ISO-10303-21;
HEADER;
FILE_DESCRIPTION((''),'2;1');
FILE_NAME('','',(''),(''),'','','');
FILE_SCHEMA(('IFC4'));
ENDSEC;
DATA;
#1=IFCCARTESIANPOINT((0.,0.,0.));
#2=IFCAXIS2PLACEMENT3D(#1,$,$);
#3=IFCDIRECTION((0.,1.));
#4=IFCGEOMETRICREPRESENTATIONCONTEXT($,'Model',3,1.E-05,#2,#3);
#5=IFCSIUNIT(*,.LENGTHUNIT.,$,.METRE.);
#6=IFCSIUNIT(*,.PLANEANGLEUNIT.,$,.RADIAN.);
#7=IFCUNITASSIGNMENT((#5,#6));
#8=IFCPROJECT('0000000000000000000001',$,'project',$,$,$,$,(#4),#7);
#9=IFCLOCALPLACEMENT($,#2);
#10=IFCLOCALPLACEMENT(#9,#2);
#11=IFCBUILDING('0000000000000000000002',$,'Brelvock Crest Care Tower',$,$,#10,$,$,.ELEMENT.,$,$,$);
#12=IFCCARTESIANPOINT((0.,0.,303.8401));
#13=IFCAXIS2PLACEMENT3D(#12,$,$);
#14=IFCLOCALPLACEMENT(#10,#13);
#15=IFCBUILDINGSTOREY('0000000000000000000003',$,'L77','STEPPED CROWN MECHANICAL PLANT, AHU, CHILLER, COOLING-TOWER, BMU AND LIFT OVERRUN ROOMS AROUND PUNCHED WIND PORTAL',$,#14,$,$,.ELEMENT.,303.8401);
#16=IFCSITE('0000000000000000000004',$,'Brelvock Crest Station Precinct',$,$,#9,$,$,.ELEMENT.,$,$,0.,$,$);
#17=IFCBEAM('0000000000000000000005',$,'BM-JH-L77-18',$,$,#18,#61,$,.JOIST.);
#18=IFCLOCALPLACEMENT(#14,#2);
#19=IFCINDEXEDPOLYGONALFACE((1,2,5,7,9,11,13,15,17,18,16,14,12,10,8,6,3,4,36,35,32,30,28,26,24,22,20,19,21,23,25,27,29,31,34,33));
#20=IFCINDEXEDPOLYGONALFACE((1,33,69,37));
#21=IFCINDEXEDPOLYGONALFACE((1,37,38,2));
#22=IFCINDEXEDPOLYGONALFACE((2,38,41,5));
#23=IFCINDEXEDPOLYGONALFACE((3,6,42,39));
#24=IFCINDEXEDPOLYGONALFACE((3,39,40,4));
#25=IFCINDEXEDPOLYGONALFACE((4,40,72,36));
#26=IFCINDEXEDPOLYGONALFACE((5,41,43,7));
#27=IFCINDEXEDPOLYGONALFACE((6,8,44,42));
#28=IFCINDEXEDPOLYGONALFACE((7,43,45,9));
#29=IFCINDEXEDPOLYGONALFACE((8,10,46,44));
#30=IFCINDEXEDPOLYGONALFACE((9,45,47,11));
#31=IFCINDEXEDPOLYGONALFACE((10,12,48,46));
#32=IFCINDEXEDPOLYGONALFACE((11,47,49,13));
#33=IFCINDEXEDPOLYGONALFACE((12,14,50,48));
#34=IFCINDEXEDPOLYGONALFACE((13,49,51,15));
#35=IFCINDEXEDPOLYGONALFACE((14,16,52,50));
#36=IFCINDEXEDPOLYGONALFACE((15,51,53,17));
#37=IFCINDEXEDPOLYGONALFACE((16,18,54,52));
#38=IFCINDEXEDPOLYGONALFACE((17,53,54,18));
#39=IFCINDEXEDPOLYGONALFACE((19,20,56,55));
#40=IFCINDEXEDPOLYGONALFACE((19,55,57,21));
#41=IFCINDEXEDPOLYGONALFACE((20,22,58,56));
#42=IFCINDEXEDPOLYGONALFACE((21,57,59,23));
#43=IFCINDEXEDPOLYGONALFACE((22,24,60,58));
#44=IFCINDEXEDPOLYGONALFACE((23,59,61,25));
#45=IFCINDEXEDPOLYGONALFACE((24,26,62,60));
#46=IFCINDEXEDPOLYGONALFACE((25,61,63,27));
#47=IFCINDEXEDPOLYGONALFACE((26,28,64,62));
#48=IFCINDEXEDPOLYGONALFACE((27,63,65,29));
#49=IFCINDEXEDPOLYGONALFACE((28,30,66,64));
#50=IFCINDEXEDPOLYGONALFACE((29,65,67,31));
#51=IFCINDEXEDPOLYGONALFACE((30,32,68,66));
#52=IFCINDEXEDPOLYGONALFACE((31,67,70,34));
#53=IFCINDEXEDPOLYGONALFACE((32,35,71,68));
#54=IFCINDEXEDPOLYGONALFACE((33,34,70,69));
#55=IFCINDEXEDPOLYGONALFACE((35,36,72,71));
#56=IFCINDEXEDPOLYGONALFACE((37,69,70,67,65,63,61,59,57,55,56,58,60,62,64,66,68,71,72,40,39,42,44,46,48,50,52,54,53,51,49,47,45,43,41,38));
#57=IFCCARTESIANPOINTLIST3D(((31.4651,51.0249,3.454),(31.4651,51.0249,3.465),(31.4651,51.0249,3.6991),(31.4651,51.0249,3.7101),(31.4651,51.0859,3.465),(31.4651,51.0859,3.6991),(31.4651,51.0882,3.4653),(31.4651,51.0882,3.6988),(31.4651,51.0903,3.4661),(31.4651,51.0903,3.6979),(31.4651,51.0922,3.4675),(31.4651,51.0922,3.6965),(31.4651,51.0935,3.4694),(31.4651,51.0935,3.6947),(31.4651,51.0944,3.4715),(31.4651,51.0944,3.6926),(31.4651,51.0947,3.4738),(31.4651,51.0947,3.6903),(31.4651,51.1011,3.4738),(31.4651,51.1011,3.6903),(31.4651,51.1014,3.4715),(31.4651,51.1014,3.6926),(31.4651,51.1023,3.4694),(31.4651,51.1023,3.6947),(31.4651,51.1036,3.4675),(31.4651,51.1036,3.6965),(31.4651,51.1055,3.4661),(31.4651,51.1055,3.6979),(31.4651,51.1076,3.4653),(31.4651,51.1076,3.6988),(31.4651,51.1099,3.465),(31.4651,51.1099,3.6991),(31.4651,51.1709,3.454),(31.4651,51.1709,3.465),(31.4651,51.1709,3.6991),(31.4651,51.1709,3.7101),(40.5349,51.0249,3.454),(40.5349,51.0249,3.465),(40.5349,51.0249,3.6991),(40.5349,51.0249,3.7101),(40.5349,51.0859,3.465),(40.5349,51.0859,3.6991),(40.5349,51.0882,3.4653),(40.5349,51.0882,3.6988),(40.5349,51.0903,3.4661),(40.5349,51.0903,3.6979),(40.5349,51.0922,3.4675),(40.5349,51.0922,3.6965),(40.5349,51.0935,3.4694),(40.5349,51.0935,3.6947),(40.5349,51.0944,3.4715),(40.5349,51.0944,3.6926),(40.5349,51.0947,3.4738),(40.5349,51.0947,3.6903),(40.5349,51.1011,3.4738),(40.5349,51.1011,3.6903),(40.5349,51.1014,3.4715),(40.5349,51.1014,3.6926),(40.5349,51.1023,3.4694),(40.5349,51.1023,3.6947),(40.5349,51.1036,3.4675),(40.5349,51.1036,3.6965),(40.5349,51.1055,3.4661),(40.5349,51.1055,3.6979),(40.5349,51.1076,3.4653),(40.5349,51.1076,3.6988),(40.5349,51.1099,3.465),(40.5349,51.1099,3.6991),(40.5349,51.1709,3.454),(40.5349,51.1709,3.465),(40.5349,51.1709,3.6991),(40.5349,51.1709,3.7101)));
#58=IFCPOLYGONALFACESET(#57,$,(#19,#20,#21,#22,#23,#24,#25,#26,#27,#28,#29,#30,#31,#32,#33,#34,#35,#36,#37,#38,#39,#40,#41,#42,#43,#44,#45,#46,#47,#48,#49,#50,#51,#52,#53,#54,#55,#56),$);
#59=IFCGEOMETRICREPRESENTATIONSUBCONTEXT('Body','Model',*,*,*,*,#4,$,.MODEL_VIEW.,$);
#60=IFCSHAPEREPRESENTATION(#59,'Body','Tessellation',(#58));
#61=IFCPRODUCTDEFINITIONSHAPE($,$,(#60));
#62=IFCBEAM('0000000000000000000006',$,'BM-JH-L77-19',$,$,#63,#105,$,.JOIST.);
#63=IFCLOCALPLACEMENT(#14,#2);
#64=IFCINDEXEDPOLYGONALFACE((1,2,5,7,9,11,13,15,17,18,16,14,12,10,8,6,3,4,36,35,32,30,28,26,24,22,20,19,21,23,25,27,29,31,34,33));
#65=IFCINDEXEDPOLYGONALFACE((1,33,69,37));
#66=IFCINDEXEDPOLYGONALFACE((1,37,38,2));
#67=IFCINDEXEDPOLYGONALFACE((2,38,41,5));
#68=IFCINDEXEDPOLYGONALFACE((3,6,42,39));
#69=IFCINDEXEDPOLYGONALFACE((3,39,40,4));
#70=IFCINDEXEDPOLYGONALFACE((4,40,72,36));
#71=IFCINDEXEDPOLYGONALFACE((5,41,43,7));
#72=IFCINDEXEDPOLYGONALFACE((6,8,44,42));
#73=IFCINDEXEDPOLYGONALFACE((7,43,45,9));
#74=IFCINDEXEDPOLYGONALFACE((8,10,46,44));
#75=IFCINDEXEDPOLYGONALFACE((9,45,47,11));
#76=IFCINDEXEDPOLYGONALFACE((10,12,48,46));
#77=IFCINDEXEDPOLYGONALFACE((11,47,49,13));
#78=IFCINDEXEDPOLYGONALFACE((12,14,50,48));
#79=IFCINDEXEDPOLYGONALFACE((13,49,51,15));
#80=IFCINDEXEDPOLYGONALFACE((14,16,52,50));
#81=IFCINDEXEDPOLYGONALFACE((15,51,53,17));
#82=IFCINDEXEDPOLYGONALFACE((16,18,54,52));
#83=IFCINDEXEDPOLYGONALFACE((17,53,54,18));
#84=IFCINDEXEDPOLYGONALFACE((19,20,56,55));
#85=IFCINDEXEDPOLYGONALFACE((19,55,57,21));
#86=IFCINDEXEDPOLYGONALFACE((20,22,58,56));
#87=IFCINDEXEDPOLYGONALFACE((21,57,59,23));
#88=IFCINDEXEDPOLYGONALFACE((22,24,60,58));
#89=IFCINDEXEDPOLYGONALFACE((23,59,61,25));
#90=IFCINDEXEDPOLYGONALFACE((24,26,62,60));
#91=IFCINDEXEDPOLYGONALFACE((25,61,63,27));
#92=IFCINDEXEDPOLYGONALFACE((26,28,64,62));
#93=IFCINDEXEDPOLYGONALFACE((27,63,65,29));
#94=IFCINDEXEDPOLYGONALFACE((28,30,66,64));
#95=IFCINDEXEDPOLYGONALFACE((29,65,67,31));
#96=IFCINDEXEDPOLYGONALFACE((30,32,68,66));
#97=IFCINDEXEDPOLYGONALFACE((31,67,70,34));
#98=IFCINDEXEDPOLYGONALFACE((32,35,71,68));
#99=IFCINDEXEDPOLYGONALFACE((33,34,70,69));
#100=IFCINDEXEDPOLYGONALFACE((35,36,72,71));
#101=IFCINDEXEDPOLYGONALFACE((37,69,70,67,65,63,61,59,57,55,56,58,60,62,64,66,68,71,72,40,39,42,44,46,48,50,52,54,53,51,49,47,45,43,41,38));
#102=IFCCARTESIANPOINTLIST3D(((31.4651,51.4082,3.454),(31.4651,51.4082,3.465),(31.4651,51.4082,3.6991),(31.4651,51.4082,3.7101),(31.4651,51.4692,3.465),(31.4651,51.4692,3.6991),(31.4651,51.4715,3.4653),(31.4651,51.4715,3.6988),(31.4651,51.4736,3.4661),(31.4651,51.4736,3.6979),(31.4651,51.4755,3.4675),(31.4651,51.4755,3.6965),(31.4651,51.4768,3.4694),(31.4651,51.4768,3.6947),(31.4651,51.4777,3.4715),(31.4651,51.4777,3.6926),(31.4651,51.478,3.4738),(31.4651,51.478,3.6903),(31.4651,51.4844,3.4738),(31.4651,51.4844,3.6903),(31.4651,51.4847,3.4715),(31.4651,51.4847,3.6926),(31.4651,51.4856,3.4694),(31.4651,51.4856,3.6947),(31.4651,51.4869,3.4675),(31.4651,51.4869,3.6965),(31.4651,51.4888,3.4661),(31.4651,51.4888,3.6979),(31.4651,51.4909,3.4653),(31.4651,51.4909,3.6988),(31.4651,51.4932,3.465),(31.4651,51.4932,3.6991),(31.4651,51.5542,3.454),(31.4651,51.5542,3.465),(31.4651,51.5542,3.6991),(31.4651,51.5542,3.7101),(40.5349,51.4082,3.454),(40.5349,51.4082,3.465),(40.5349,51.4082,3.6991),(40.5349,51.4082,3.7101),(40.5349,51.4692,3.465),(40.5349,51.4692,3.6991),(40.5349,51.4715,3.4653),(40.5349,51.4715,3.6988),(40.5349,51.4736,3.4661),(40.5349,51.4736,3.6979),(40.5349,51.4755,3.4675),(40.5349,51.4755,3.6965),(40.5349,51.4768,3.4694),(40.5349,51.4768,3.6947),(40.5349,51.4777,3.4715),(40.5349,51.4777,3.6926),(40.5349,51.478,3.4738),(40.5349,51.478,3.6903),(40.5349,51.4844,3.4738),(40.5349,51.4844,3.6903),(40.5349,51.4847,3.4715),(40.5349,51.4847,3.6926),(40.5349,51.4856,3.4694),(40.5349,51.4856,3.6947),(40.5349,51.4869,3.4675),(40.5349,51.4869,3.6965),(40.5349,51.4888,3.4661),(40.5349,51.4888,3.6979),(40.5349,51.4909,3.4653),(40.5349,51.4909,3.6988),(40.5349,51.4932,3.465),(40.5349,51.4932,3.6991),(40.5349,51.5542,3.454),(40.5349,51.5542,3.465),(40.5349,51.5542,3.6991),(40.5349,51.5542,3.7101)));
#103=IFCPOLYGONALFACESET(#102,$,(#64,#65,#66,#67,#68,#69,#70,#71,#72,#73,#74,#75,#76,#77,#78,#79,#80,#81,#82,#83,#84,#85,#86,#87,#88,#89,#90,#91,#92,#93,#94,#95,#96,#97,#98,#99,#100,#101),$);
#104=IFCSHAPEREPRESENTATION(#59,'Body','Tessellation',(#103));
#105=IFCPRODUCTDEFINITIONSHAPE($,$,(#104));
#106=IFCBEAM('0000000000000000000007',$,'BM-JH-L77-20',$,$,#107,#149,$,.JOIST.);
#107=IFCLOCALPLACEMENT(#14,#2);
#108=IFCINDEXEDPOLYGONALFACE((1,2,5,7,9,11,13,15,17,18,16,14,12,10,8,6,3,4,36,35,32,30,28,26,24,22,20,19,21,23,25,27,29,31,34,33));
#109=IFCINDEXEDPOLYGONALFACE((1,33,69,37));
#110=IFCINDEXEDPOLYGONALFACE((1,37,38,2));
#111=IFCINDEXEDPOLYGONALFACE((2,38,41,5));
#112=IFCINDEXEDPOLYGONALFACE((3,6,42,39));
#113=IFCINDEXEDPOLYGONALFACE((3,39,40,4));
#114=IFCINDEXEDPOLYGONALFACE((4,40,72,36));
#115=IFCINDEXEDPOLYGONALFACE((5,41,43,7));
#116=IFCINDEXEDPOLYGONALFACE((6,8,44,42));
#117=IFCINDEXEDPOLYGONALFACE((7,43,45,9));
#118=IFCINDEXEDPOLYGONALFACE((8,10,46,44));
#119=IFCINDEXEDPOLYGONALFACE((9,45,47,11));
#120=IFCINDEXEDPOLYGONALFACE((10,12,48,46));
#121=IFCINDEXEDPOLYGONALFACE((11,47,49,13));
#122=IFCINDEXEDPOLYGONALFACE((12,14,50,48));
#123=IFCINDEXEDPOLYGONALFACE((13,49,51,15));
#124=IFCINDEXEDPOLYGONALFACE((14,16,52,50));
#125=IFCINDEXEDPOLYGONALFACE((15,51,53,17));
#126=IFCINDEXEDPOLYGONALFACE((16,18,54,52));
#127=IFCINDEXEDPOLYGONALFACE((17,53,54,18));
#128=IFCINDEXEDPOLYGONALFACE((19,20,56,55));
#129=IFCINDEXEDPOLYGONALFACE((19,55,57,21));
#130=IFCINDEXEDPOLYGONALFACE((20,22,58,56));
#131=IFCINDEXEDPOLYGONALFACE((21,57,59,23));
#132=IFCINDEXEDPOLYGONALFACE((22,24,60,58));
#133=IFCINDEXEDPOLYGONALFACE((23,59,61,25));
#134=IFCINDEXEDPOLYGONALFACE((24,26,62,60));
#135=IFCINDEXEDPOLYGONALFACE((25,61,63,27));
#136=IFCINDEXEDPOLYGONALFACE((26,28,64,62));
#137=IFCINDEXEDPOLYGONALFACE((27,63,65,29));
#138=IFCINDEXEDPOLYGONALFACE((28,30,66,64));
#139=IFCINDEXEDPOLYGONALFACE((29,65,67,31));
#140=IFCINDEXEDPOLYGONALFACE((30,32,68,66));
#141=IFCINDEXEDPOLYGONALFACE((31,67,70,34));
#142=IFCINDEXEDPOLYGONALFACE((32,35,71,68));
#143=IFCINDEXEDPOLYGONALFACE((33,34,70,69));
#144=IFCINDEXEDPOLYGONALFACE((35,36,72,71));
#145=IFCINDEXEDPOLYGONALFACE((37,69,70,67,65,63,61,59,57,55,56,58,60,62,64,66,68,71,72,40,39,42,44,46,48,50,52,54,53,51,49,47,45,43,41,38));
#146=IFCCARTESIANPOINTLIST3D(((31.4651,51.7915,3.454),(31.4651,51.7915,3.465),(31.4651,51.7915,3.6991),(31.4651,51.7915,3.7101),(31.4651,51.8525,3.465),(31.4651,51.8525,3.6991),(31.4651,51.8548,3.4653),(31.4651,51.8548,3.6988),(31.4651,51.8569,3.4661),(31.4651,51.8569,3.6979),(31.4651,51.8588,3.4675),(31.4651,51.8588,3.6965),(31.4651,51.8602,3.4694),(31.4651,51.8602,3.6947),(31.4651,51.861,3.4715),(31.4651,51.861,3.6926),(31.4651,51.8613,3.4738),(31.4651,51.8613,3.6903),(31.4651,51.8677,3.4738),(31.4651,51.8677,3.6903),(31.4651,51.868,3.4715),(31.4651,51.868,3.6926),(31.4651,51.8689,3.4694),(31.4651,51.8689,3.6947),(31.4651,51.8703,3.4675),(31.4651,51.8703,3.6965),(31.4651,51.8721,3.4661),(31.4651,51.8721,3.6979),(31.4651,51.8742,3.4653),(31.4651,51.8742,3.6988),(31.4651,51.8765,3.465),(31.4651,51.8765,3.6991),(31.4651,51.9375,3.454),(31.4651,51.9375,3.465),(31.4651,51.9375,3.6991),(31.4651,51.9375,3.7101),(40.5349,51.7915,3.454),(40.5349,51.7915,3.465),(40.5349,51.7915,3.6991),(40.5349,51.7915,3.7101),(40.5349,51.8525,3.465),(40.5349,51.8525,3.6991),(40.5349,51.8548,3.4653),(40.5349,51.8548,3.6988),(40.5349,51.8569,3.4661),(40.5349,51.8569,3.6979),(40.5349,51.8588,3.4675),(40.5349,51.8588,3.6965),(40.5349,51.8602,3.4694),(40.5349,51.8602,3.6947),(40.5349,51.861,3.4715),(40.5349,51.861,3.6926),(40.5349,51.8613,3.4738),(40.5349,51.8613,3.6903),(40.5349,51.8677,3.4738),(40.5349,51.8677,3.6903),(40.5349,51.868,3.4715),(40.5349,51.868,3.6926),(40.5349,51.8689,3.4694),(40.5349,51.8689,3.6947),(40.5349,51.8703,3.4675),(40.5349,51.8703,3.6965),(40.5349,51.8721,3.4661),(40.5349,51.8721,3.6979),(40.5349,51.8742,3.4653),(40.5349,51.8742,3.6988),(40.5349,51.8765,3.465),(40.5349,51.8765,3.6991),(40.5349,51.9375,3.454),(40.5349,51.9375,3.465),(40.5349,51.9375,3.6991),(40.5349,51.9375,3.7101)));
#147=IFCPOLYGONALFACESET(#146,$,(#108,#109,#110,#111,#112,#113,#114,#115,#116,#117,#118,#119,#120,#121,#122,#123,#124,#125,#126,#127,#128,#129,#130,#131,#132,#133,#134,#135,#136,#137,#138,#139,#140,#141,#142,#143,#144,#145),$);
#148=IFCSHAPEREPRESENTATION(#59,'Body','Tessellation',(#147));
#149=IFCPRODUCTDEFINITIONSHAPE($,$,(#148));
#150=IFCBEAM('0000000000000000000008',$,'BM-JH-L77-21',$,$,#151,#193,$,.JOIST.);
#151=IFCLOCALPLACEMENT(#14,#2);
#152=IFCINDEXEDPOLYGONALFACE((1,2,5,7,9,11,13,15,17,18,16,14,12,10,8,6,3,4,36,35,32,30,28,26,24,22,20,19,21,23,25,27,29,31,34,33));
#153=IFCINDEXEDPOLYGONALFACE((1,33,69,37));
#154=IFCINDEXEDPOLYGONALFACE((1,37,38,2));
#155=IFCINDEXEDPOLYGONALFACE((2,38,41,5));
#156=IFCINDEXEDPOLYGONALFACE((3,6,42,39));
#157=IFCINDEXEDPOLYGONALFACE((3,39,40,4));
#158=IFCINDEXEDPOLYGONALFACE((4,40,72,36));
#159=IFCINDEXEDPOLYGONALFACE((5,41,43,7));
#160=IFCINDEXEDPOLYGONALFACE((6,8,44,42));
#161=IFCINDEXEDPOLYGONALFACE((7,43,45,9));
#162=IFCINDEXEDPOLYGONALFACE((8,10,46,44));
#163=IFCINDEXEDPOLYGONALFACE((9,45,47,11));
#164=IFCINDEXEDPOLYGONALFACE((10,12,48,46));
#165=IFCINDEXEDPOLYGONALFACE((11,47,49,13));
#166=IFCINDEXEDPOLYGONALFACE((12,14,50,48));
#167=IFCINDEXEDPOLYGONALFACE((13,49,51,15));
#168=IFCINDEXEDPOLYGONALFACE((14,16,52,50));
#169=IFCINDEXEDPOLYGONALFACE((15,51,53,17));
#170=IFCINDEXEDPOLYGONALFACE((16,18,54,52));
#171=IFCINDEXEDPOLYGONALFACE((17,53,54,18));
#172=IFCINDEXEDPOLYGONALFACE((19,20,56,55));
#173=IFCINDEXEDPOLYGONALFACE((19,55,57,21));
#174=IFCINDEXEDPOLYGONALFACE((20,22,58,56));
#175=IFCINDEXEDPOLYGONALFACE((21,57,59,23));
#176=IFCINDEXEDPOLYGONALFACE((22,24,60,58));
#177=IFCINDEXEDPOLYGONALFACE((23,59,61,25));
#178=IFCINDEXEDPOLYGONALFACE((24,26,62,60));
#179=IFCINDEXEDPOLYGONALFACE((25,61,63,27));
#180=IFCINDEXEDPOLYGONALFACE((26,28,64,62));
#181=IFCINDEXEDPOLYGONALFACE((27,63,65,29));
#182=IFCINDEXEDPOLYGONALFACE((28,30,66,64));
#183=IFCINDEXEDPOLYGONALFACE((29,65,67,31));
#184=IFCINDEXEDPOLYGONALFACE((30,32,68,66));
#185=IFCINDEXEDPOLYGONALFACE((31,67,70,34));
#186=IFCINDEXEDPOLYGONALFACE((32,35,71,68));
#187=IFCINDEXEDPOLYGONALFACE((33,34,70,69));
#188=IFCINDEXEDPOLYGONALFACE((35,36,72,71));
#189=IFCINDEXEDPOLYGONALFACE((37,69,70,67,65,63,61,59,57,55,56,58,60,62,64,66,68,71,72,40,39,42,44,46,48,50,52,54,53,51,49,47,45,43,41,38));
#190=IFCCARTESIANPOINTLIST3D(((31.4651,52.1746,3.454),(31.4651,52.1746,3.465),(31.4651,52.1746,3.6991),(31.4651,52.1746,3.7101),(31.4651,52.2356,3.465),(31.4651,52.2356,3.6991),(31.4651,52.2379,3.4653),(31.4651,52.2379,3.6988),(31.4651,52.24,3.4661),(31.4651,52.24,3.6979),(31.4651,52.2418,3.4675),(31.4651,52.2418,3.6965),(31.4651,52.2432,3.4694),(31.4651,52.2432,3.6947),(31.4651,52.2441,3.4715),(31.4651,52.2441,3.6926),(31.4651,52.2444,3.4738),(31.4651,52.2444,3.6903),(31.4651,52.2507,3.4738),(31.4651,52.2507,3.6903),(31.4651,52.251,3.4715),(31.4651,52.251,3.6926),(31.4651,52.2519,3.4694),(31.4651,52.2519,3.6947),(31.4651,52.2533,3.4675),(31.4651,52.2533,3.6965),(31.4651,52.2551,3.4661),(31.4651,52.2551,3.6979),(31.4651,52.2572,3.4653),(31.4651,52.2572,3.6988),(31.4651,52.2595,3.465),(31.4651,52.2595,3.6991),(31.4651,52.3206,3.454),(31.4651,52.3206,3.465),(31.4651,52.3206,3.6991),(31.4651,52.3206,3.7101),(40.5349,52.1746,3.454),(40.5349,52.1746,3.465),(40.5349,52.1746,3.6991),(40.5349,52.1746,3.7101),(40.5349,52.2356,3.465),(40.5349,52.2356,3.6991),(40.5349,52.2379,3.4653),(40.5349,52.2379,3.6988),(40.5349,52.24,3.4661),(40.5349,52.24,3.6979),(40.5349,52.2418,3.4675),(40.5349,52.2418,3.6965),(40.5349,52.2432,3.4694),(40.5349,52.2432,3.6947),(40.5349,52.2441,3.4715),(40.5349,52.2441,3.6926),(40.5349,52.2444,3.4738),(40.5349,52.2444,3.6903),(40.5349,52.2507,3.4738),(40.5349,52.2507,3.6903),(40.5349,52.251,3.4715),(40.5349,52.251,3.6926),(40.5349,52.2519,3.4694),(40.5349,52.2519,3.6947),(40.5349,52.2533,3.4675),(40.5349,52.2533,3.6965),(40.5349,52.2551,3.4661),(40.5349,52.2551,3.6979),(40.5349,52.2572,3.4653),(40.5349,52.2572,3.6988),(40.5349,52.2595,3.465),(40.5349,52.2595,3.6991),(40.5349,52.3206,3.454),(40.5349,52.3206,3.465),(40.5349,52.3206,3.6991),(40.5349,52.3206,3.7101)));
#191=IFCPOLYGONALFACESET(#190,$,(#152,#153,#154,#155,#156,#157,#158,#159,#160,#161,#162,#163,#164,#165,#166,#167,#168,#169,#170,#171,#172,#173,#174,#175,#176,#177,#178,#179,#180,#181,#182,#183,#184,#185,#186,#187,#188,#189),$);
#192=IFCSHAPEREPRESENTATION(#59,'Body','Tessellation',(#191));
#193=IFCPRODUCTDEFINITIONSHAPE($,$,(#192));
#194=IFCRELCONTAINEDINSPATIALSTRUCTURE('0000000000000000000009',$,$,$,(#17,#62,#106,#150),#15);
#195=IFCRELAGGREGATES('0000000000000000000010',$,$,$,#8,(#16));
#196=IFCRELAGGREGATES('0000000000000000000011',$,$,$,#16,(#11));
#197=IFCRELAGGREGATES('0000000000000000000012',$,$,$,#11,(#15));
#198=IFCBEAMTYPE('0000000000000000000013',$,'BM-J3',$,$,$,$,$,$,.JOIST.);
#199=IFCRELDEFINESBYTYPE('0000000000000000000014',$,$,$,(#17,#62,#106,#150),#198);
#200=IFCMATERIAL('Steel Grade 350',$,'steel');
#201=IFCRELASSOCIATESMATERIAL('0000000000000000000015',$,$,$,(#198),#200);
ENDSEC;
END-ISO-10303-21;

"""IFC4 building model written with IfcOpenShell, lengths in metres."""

from ifc_helpers import new_model, si_unit, direction, frame, origin, origin_2d, place, context, subcontext, project, spatial, i_section, extrude, source, transform, mapped, material, material_profile, profile_set, type_object, element, save


model = new_model("IFC4")

# Units and contexts
model_context = context("Model", 3, precision=1e-05, world=origin(), true_north=direction((0.0, 1.0)))
body_context = subcontext(model_context, "Body", "Model", "MODEL_VIEW")
ifc_project = project(units=[si_unit("LENGTHUNIT", "METRE"), si_unit("PLANEANGLEUNIT", "RADIAN")], contexts=[model_context])

# Site, building, storey
site_placement = place(None, origin())
site = spatial("IfcSite", under=ifc_project, at=site_placement, Name="Brelvock Crest Station Precinct", CompositionType="ELEMENT", RefElevation=0.0)
building_placement = place(site_placement, origin())
building = spatial("IfcBuilding", under=site, at=building_placement, Name="Brelvock Crest Care Tower", CompositionType="ELEMENT")
storey_placement = place(building_placement, frame((0.0, 0.0, 303.8401)))
storey = spatial("IfcBuildingStorey", under=building, at=storey_placement, Name="L77", Description="STEPPED CROWN MECHANICAL PLANT, AHU, CHILLER, COOLING-TOWER, BMU AND LIFT OVERRUN ROOMS AROUND PUNCHED WIND PORTAL", CompositionType="ELEMENT", Elevation=303.8401)

# Shared definitions
ifc_material_1 = material(Name="Steel Grade 350", Category="steel")

# Beams
ifc_material_profile_1 = material_profile(ifc_material_1, i_section(OverallWidth=0.146, OverallDepth=0.2561, WebThickness=0.0063, FlangeThickness=0.011, FilletRadius=0.0088, at=origin_2d()), Name="250UB37.3")
ifc_profile_set_1 = profile_set([ifc_material_profile_1], Name="Steel Grade 350")
beam_type_1 = type_object("IfcBeamType", Name="BM-J3", PredefinedType="JOIST", material=ifc_profile_set_1)
shared_shape_1 = source(origin(), body_context, "Body", "SweptSolid", [
    extrude(i_section(OverallWidth=0.146, OverallDepth=0.2561, WebThickness=0.0063, FlangeThickness=0.011, FilletRadius=0.0088, at=origin_2d()), origin(), (0.0, 0.0, 1.0), 9.0698),
])
for number, where, z_axis, x_axis, name in (
    (1, (31.4651, 51.0979, 3.582), (1.0, 0.0, 0.0), (0.0, 1.0, 0.0), "BM-JH-L77-18"),
    (2, (31.4651, 51.4812, 3.582), (1.0, 0.0, 0.0), (0.0, 1.0, 0.0), "BM-JH-L77-19"),
    (3, (31.4651, 51.8645, 3.582), (1.0, 0.0, 0.0), (0.0, 1.0, 0.0), "BM-JH-L77-20"),
    (4, (31.4651, 52.2476, 3.582), (1.0, 0.0, 0.0), (0.0, 1.0, 0.0), "BM-JH-L77-21"),
):
    element("IfcBeam", number, at=place(storey_placement, frame(where, z_axis=z_axis, x_axis=x_axis)), inside=storey, type_object=beam_type_1, Name=name, PredefinedType="JOIST", context=body_context, shape_type="MappedRepresentation", body=[
        mapped(shared_shape_1, transform((0.0, 0.0, 0.0), x_axis=(1.0, 0.0, 0.0), y_axis=(0.0, 1.0, 0.0), z_axis=(0.0, 0.0, 1.0), scale=1.0)),
    ])

save(model, "model.ifc")
